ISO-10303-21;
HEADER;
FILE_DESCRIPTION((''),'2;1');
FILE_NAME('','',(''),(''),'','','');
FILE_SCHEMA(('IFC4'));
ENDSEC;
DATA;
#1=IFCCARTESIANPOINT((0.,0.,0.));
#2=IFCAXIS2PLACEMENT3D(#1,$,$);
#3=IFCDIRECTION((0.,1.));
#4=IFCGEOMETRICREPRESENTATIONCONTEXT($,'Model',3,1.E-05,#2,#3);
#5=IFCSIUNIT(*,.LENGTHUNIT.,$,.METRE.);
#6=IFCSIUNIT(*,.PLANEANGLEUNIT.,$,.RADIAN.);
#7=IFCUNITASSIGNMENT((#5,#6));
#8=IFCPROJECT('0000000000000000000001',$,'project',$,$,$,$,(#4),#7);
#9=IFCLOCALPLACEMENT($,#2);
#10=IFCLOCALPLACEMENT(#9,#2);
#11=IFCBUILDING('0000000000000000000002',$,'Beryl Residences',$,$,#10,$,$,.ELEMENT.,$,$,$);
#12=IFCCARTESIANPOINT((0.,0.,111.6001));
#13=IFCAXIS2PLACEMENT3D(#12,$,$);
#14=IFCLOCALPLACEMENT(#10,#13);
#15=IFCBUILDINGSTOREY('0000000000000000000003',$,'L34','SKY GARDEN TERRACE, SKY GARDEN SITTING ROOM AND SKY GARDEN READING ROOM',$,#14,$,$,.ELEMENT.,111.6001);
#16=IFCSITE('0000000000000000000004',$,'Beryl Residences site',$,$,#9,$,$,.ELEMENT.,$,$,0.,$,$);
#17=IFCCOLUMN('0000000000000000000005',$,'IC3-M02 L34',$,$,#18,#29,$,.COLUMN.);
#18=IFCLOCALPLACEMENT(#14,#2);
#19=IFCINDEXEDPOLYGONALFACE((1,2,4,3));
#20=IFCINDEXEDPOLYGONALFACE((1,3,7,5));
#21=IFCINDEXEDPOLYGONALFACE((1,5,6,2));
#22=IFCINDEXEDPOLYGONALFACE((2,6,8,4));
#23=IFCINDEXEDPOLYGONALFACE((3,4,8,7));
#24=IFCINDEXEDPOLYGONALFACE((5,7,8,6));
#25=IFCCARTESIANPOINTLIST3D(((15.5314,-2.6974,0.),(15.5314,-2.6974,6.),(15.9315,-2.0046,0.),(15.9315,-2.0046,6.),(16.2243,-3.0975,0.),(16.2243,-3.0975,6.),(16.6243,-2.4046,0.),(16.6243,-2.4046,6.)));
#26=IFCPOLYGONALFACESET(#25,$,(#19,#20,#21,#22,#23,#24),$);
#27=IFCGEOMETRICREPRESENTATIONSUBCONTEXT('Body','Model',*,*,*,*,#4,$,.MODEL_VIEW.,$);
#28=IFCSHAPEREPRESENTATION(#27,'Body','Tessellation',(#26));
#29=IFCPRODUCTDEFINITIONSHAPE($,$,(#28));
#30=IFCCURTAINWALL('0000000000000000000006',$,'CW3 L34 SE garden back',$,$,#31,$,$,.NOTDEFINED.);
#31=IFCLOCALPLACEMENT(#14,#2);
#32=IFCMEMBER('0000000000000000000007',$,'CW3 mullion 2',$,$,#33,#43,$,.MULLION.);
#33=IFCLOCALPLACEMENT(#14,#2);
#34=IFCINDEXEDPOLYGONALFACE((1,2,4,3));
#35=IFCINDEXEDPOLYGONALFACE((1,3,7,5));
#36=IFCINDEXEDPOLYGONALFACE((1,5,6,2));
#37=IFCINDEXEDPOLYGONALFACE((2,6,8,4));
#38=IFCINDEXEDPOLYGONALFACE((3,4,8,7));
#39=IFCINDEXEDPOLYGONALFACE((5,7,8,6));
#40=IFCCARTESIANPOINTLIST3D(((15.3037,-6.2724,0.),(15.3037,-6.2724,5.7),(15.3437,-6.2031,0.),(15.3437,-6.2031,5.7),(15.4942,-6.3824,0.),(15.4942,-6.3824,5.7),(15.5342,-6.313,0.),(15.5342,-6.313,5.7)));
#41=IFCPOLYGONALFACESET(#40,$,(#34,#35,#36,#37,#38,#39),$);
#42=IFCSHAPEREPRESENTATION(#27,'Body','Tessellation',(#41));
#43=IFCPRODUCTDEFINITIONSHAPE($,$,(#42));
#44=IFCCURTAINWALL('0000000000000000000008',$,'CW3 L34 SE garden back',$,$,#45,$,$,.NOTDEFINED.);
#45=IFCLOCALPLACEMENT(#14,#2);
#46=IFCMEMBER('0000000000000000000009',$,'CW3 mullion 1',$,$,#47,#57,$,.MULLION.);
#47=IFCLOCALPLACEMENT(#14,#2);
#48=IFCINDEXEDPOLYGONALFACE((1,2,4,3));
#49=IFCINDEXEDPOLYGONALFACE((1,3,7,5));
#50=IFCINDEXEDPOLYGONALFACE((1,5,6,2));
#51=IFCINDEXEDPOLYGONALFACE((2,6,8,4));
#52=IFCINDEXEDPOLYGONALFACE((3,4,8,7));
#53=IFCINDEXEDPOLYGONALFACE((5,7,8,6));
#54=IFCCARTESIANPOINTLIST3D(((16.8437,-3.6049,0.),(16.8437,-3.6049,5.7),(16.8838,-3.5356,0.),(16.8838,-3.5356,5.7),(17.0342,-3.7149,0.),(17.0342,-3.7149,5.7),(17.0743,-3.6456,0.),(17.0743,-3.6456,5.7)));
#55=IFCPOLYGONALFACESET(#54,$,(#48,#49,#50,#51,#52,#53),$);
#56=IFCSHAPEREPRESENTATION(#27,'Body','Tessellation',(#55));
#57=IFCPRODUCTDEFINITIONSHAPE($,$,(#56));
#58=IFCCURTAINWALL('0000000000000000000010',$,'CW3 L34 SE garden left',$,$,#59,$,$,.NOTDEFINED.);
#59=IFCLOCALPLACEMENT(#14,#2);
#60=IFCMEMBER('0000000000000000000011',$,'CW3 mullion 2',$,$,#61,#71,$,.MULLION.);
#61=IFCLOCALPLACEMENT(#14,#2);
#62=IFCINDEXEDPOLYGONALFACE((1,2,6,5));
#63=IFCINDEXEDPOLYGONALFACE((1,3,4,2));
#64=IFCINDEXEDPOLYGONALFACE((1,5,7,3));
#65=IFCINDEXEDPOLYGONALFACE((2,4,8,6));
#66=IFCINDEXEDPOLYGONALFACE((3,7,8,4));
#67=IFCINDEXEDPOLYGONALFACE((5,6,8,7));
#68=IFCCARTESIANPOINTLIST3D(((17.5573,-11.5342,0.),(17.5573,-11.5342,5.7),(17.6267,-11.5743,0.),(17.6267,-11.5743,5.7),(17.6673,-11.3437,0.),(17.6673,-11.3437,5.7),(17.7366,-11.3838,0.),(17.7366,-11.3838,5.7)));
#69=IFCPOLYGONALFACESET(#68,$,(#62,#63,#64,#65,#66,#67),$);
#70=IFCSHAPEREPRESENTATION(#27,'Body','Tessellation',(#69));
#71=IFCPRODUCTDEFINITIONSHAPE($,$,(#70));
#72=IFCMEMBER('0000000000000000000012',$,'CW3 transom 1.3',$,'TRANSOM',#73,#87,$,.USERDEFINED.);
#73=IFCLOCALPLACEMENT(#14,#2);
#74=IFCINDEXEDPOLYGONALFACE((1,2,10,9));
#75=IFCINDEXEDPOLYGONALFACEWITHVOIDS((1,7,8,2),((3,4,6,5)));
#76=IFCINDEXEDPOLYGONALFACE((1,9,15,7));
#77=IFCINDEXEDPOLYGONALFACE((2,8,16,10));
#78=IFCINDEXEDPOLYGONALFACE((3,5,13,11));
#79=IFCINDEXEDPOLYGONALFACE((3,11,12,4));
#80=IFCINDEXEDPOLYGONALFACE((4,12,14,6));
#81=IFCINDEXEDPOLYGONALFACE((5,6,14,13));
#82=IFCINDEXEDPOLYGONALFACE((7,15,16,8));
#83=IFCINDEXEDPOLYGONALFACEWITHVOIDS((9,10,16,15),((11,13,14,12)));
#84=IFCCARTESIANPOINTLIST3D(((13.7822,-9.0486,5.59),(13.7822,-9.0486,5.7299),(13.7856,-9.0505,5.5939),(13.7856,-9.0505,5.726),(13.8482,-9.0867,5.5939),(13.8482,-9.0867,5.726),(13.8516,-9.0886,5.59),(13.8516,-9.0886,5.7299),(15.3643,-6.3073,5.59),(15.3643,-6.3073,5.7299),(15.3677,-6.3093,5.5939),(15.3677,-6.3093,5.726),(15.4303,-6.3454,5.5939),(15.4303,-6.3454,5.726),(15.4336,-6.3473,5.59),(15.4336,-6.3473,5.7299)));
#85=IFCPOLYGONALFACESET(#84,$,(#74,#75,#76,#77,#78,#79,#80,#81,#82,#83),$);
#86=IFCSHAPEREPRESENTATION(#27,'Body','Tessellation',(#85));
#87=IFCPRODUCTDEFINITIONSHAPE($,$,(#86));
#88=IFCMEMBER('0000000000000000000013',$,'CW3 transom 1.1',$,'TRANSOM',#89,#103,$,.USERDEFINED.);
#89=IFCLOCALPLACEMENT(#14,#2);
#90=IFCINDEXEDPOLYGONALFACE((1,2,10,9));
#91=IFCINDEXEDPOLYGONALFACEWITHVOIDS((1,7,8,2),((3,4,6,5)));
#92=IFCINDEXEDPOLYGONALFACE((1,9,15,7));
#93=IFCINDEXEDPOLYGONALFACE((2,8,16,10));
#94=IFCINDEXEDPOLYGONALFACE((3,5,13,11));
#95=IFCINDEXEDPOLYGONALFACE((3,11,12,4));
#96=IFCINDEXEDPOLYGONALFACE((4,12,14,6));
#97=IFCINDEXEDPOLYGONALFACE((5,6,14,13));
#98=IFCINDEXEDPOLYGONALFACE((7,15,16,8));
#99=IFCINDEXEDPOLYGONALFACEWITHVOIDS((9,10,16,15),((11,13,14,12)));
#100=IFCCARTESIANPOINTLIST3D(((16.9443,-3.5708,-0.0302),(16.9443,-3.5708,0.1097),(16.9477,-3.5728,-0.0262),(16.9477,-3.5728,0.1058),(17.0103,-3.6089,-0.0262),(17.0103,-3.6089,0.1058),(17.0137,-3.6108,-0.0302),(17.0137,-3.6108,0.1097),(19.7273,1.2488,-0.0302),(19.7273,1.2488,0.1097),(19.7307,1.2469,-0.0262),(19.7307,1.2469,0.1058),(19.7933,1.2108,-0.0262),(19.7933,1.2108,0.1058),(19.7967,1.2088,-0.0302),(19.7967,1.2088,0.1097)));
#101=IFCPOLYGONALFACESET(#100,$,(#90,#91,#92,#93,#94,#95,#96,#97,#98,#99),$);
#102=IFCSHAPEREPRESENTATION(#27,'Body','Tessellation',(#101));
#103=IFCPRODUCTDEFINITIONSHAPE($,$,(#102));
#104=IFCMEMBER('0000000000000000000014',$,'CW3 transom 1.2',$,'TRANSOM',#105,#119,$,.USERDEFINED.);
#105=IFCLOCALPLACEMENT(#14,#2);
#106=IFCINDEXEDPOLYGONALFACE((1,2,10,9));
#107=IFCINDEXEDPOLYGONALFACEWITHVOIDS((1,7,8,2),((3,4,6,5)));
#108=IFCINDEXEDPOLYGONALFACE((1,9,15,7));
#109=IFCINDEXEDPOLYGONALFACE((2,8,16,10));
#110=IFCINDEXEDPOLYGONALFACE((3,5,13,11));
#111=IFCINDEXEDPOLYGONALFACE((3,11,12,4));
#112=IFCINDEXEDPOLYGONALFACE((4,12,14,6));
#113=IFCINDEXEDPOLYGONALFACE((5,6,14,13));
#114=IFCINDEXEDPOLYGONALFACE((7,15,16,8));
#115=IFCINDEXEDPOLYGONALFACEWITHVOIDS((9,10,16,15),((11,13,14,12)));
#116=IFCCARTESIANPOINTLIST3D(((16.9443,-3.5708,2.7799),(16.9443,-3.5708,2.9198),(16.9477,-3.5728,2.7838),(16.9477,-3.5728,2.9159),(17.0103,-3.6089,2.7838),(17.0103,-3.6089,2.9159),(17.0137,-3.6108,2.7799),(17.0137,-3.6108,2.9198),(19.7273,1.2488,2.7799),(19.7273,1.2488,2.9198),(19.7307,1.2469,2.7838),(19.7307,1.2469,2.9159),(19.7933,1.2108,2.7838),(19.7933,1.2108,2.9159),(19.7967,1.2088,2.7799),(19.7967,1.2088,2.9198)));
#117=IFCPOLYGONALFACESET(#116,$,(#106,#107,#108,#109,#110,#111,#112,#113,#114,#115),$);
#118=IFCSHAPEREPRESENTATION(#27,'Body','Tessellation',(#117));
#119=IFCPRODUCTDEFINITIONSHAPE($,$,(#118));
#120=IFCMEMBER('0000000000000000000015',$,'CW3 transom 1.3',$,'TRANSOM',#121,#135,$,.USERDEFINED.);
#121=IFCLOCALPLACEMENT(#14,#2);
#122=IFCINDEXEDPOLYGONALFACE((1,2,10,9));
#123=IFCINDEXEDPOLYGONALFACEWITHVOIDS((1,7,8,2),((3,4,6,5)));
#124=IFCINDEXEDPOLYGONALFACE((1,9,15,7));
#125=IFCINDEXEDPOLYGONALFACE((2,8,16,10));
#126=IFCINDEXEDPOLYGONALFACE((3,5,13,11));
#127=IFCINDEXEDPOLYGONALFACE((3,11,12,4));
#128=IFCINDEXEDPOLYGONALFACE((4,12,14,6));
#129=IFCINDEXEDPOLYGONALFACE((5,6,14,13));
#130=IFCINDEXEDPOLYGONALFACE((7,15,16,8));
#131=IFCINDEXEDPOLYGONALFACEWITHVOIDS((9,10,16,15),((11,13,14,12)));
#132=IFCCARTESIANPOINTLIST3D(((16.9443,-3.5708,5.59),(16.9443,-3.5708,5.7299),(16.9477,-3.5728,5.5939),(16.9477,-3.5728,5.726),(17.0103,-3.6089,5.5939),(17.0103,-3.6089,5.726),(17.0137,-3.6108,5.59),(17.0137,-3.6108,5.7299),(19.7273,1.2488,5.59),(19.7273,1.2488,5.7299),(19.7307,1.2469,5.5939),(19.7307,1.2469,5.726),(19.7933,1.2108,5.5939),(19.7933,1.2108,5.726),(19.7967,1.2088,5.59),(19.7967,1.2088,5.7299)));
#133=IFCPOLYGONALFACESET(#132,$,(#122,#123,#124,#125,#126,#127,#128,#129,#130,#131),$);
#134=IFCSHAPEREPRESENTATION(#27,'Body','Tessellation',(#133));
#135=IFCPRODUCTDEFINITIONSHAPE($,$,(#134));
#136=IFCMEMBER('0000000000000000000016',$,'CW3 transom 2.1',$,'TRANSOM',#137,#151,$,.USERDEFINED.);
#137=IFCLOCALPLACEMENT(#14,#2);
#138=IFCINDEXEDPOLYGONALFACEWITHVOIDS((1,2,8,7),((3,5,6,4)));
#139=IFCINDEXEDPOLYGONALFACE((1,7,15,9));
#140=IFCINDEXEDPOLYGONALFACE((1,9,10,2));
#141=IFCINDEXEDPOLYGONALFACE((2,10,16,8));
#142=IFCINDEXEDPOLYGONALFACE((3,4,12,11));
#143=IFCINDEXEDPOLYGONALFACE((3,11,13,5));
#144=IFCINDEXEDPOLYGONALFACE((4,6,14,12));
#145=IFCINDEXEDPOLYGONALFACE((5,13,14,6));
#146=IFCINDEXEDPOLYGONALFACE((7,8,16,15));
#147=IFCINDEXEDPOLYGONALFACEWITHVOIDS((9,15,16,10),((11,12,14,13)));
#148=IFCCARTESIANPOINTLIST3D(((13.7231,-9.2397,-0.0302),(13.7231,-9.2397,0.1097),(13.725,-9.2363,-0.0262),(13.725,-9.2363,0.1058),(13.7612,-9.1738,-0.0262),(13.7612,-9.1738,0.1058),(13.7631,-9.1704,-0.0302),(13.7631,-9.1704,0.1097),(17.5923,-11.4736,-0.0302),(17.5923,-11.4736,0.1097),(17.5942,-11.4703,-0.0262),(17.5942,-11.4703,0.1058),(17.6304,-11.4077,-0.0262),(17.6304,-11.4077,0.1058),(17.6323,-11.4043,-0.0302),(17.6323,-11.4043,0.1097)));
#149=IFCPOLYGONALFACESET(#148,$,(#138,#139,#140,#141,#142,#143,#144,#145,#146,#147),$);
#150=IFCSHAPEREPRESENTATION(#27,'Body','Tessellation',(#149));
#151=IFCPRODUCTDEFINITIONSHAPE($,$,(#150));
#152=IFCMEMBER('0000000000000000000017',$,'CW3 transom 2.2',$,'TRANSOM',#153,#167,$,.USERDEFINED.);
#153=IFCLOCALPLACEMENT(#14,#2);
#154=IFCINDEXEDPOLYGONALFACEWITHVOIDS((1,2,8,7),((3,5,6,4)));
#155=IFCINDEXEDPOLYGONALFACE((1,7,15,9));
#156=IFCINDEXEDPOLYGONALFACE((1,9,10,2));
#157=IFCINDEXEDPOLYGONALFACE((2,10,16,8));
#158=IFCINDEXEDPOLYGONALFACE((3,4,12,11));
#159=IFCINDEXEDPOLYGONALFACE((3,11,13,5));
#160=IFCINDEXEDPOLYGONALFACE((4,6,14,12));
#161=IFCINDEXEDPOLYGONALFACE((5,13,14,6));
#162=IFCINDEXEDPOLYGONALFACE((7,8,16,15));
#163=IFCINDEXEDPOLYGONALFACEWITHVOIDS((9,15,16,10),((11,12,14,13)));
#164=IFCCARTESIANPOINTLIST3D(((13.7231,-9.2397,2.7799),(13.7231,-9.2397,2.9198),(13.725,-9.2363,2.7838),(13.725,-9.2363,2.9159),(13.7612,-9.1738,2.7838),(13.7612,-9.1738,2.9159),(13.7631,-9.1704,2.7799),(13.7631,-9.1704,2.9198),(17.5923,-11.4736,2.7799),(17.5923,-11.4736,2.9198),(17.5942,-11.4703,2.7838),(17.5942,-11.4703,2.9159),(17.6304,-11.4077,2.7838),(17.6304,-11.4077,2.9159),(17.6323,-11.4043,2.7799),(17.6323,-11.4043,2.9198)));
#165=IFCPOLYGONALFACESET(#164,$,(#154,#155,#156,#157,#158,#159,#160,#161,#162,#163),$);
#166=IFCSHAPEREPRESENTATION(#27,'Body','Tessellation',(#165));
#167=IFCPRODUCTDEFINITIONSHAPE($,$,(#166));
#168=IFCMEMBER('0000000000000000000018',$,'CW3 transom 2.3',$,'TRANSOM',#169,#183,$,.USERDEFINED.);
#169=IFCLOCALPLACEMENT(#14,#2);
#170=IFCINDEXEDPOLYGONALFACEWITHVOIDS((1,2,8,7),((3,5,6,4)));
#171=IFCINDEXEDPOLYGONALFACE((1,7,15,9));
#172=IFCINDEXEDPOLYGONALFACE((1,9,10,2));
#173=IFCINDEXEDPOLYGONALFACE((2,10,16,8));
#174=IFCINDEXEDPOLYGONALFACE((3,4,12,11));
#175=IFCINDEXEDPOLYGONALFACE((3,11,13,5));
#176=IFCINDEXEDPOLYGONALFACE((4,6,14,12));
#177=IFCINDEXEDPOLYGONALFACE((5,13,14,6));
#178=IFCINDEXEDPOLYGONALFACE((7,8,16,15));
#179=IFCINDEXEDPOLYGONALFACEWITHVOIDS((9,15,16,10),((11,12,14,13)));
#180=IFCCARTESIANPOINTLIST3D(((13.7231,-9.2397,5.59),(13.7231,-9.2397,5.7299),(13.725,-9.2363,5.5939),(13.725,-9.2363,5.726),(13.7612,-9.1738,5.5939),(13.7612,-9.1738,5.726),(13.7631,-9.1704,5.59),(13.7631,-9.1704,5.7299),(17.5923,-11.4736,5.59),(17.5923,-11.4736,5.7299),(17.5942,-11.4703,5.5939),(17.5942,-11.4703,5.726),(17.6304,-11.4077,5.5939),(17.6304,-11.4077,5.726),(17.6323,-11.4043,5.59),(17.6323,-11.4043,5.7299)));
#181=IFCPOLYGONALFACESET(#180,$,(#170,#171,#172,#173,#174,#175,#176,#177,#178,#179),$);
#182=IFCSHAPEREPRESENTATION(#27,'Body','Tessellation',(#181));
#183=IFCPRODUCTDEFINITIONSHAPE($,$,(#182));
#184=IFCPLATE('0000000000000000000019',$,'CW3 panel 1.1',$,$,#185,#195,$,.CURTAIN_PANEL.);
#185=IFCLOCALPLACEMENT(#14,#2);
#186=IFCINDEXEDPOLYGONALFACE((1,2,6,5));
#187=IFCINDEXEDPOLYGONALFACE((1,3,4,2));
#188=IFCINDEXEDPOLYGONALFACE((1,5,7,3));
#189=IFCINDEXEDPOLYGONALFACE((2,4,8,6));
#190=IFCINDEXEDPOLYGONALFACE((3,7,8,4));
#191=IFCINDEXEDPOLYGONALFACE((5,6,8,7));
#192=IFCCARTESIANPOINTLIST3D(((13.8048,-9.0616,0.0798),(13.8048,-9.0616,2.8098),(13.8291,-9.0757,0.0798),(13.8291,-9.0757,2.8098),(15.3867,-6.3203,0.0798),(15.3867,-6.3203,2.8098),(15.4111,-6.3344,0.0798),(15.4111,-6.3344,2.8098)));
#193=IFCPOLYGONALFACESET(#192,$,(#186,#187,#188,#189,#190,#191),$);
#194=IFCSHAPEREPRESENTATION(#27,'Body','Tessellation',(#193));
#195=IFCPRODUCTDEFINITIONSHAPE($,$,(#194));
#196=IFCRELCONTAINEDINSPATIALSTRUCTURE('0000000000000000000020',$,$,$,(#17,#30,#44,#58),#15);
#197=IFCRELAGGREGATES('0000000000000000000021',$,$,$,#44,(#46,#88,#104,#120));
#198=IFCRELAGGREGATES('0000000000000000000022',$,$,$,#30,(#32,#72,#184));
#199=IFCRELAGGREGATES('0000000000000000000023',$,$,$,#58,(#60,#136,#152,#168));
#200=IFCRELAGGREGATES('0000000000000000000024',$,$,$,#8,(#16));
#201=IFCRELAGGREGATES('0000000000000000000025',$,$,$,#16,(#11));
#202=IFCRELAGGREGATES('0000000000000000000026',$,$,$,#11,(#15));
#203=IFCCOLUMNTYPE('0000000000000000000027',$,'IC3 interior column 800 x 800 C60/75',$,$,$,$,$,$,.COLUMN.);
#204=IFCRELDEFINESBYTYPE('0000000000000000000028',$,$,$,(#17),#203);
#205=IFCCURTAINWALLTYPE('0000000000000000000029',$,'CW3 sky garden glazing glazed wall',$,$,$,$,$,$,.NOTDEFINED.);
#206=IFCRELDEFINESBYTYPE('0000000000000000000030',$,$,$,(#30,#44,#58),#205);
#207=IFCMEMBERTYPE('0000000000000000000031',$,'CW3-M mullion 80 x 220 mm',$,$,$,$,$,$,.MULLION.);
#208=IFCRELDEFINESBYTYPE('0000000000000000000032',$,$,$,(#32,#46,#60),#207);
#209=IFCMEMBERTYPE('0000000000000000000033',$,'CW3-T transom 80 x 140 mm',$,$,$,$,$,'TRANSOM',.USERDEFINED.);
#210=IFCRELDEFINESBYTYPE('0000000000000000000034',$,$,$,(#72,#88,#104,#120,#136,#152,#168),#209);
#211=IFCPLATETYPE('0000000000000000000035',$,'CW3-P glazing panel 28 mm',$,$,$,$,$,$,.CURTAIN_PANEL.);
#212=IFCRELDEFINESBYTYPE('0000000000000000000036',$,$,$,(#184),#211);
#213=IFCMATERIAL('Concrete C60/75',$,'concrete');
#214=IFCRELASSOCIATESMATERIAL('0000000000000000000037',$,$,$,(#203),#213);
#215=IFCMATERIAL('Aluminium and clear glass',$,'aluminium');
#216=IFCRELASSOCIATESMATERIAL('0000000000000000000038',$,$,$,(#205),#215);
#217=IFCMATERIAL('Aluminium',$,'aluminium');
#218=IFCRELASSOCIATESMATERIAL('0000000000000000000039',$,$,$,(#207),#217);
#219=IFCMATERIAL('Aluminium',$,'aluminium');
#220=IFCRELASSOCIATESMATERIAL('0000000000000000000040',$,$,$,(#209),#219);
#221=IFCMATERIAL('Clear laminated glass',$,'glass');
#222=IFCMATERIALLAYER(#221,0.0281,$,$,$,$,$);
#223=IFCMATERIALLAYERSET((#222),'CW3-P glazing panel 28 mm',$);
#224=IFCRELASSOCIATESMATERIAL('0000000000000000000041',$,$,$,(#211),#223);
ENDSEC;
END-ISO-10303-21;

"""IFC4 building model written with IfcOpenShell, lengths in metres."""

from ifc_helpers import new_model, si_unit, direction, frame, origin, origin_2d, place, context, subcontext, project, spatial, rectangle, hollow_rectangle, extrude, material, layer, layer_set, material_profile, profile_set, type_object, element, aggregate, save


model = new_model("IFC4")

# Units and contexts
model_context = context("Model", 3, precision=1e-05, world=origin(), true_north=direction((0.0, 1.0)))
body_context = subcontext(model_context, "Body", "Model", "MODEL_VIEW")
ifc_project = project(units=[si_unit("LENGTHUNIT", "METRE"), si_unit("PLANEANGLEUNIT", "RADIAN")], contexts=[model_context])

# Site, building, storey
site_placement = place(None, origin())
site = spatial("IfcSite", under=ifc_project, at=site_placement, Name="Beryl Residences site", CompositionType="ELEMENT", RefElevation=0.0)
building_placement = place(site_placement, origin())
building = spatial("IfcBuilding", under=site, at=building_placement, Name="Beryl Residences", CompositionType="ELEMENT")
storey_placement = place(building_placement, frame((0.0, 0.0, 111.6001)))
storey = spatial("IfcBuildingStorey", under=building, at=storey_placement, Name="L34", Description="SKY GARDEN TERRACE, SKY GARDEN SITTING ROOM AND SKY GARDEN READING ROOM", CompositionType="ELEMENT", Elevation=111.6001)

# Column
ifc_material_1 = material(Name="Concrete C60/75", Category="concrete")
ifc_material_profile_1 = material_profile(ifc_material_1, rectangle(XDim=0.8, YDim=0.8, at=origin_2d()))
ifc_profile_set_1 = profile_set([ifc_material_profile_1], Name="Concrete C60/75")
column_type = type_object("IfcColumnType", Name="IC3 interior column 800 x 800 C60/75", PredefinedType="COLUMN", material=ifc_profile_set_1)
column_placement = place(storey_placement, frame((16.0779, -2.551, 0.0), z_axis=(0.0, 0.0, 1.0), x_axis=(0.5, 0.866025, 0.0)))
element("IfcColumn", 1, at=column_placement, inside=storey, type_object=column_type, Name="IC3-M02 L34", PredefinedType="COLUMN", context=body_context, shape_type="SweptSolid", body=[
    extrude(rectangle(XDim=0.8, YDim=0.8, at=origin_2d()), origin(), (0.0, 0.0, 1.0), 6.0),
])

# Curtain walls, members
ifc_material_2 = material(Name="Aluminium and clear glass", Category="aluminium")
curtain_wall_type = type_object("IfcCurtainWallType", Name="CW3 sky garden glazing glazed wall", PredefinedType="NOTDEFINED", material=ifc_material_2)
curtain_wall_1_placement = place(storey_placement, origin())
curtain_wall_1 = element("IfcCurtainWall", 2, at=curtain_wall_1_placement, inside=storey, type_object=curtain_wall_type, Name="CW3 L34 SE garden back", PredefinedType="NOTDEFINED")
ifc_material_3 = material(Name="Aluminium", Category="aluminium")
ifc_material_profile_2 = material_profile(ifc_material_3, rectangle(XDim=0.0801, YDim=0.22, at=origin_2d()))
ifc_profile_set_2 = profile_set([ifc_material_profile_2], Name="Aluminium")
member_type_1 = type_object("IfcMemberType", Name="CW3-M mullion 80 x 220 mm", PredefinedType="MULLION", material=ifc_profile_set_2)
member_1_placement = place(storey_placement, frame((15.4189, -6.2927, 0.0), z_axis=(0.0, 0.0, 1.0), x_axis=(0.499827, 0.866125, 0.0)))
member_1 = element("IfcMember", 3, at=member_1_placement, type_object=member_type_1, Name="CW3 mullion 2", PredefinedType="MULLION", context=body_context, shape_type="SweptSolid", body=[
    extrude(rectangle(XDim=0.0801, YDim=0.22, at=origin_2d()), origin(), (0.0, 0.0, 1.0), 5.7),
])
curtain_wall_2_placement = place(storey_placement, origin())
curtain_wall_2 = element("IfcCurtainWall", 4, at=curtain_wall_2_placement, inside=storey, type_object=curtain_wall_type, Name="CW3 L34 SE garden back", PredefinedType="NOTDEFINED")
member_2_placement = place(storey_placement, frame((16.959, -3.6252, 0.0), z_axis=(0.0, 0.0, 1.0), x_axis=(0.500065, 0.865988, 0.0)))
member_2 = element("IfcMember", 5, at=member_2_placement, type_object=member_type_1, Name="CW3 mullion 1", PredefinedType="MULLION", context=body_context, shape_type="SweptSolid", body=[
    extrude(rectangle(XDim=0.0801, YDim=0.22, at=origin_2d()), origin(), (0.0, 0.0, 1.0), 5.7),
])
curtain_wall_3_placement = place(storey_placement, origin())
curtain_wall_3 = element("IfcCurtainWall", 6, at=curtain_wall_3_placement, inside=storey, type_object=curtain_wall_type, Name="CW3 L34 SE garden left", PredefinedType="NOTDEFINED")
member_3_placement = place(storey_placement, frame((17.647, -11.459, 0.0), z_axis=(0.0, 0.0, 1.0), x_axis=(-0.866008, 0.500031, 0.0)))
member_3 = element("IfcMember", 7, at=member_3_placement, type_object=member_type_1, Name="CW3 mullion 2", PredefinedType="MULLION", context=body_context, shape_type="SweptSolid", body=[
    extrude(rectangle(XDim=0.0801, YDim=0.22, at=origin_2d()), origin(), (0.0, 0.0, 1.0), 5.7),
])

# Members
ifc_material_4 = material(Name="Aluminium", Category="aluminium")
ifc_material_profile_3 = material_profile(ifc_material_4, hollow_rectangle(XDim=0.0801, YDim=0.1399, WallThickness=0.0039, at=origin_2d()))
ifc_profile_set_3 = profile_set([ifc_material_profile_3], Name="Aluminium")
member_type_2 = type_object("IfcMemberType", Name="CW3-T transom 80 x 140 mm", ElementType="TRANSOM", PredefinedType="USERDEFINED", material=ifc_profile_set_3)
member_4_placement = place(storey_placement, frame((13.8169, -9.0686, 5.6599), z_axis=(0.499856, 0.866109, 0.0), x_axis=(-0.866109, 0.499856, 0.0)))
member_4 = element("IfcMember", 8, at=member_4_placement, type_object=member_type_2, Name="CW3 transom 1.3", ObjectType="TRANSOM", PredefinedType="USERDEFINED", context=body_context, shape_type="SweptSolid", body=[
    extrude(hollow_rectangle(XDim=0.0801, YDim=0.1399, WallThickness=0.0039, at=origin_2d()), origin(), (0.0, 0.0, 1.0), 3.165),
])
member_5_placement = place(storey_placement, frame((16.979, -3.5908, 0.0398), z_axis=(0.50005, 0.865996, 0.0), x_axis=(-0.865996, 0.50005, 0.0)))
member_5 = element("IfcMember", 9, at=member_5_placement, type_object=member_type_2, Name="CW3 transom 1.1", ObjectType="TRANSOM", PredefinedType="USERDEFINED", context=body_context, shape_type="SweptSolid", body=[
    extrude(hollow_rectangle(XDim=0.0801, YDim=0.1399, WallThickness=0.0039, at=origin_2d()), origin(), (0.0, 0.0, 1.0), 5.5654),
])
member_6_placement = place(storey_placement, frame((16.979, -3.5908, 2.8499), z_axis=(0.50005, 0.865996, 0.0), x_axis=(-0.865996, 0.50005, 0.0)))
member_6 = element("IfcMember", 10, at=member_6_placement, type_object=member_type_2, Name="CW3 transom 1.2", ObjectType="TRANSOM", PredefinedType="USERDEFINED", context=body_context, shape_type="SweptSolid", body=[
    extrude(hollow_rectangle(XDim=0.0801, YDim=0.1399, WallThickness=0.0039, at=origin_2d()), origin(), (0.0, 0.0, 1.0), 5.5654),
])
member_7_placement = place(storey_placement, frame((16.979, -3.5908, 5.6599), z_axis=(0.50005, 0.865996, 0.0), x_axis=(-0.865996, 0.50005, 0.0)))
member_7 = element("IfcMember", 11, at=member_7_placement, type_object=member_type_2, Name="CW3 transom 1.3", ObjectType="TRANSOM", PredefinedType="USERDEFINED", context=body_context, shape_type="SweptSolid", body=[
    extrude(hollow_rectangle(XDim=0.0801, YDim=0.1399, WallThickness=0.0039, at=origin_2d()), origin(), (0.0, 0.0, 1.0), 5.5654),
])
aggregate(curtain_wall_2, [member_2, member_5, member_6, member_7])
member_8_placement = place(storey_placement, frame((17.6123, -11.439, 0.0398), z_axis=(-0.866022, 0.500006, 0.0), x_axis=(-0.500006, -0.866022, 0.0)))
member_8 = element("IfcMember", 12, at=member_8_placement, type_object=member_type_2, Name="CW3 transom 2.1", ObjectType="TRANSOM", PredefinedType="USERDEFINED", context=body_context, shape_type="SweptSolid", body=[
    extrude(hollow_rectangle(XDim=0.0801, YDim=0.1399, WallThickness=0.0039, at=origin_2d()), origin(), (0.0, 0.0, 1.0), 4.4678),
])
member_9_placement = place(storey_placement, frame((17.6123, -11.439, 2.8499), z_axis=(-0.866022, 0.500006, 0.0), x_axis=(-0.500006, -0.866022, 0.0)))
member_9 = element("IfcMember", 13, at=member_9_placement, type_object=member_type_2, Name="CW3 transom 2.2", ObjectType="TRANSOM", PredefinedType="USERDEFINED", context=body_context, shape_type="SweptSolid", body=[
    extrude(hollow_rectangle(XDim=0.0801, YDim=0.1399, WallThickness=0.0039, at=origin_2d()), origin(), (0.0, 0.0, 1.0), 4.4678),
])
member_10_placement = place(storey_placement, frame((17.6123, -11.439, 5.6599), z_axis=(-0.866022, 0.500006, 0.0), x_axis=(-0.500006, -0.866022, 0.0)))
member_10 = element("IfcMember", 14, at=member_10_placement, type_object=member_type_2, Name="CW3 transom 2.3", ObjectType="TRANSOM", PredefinedType="USERDEFINED", context=body_context, shape_type="SweptSolid", body=[
    extrude(hollow_rectangle(XDim=0.0801, YDim=0.1399, WallThickness=0.0039, at=origin_2d()), origin(), (0.0, 0.0, 1.0), 4.4678),
])

# Plate
ifc_material_5 = material(Name="Clear laminated glass", Category="glass")
ifc_layer_1 = layer(ifc_material_5, 0.0281)
ifc_layer_set_1 = layer_set([ifc_layer_1], Name="CW3-P glazing panel 28 mm")
plate_type = type_object("IfcPlateType", Name="CW3-P glazing panel 28 mm", PredefinedType="CURTAIN_PANEL", material=ifc_layer_set_1)
plate_1_placement = place(storey_placement, frame((14.6079, -7.698, 0.0798), z_axis=(0.0, 0.0, 1.0), x_axis=(0.499827, 0.866125, 0.0)))
plate_1 = element("IfcPlate", 15, at=plate_1_placement, type_object=plate_type, Name="CW3 panel 1.1", PredefinedType="CURTAIN_PANEL", context=body_context, shape_type="SweptSolid", body=[
    extrude(rectangle(XDim=3.165, YDim=0.0281, at=origin_2d()), origin(), (0.0, 0.0, 1.0), 2.73),
])
aggregate(curtain_wall_1, [member_1, member_4, plate_1])
aggregate(curtain_wall_3, [member_3, member_8, member_9, member_10])

save(model, "model.ifc")
